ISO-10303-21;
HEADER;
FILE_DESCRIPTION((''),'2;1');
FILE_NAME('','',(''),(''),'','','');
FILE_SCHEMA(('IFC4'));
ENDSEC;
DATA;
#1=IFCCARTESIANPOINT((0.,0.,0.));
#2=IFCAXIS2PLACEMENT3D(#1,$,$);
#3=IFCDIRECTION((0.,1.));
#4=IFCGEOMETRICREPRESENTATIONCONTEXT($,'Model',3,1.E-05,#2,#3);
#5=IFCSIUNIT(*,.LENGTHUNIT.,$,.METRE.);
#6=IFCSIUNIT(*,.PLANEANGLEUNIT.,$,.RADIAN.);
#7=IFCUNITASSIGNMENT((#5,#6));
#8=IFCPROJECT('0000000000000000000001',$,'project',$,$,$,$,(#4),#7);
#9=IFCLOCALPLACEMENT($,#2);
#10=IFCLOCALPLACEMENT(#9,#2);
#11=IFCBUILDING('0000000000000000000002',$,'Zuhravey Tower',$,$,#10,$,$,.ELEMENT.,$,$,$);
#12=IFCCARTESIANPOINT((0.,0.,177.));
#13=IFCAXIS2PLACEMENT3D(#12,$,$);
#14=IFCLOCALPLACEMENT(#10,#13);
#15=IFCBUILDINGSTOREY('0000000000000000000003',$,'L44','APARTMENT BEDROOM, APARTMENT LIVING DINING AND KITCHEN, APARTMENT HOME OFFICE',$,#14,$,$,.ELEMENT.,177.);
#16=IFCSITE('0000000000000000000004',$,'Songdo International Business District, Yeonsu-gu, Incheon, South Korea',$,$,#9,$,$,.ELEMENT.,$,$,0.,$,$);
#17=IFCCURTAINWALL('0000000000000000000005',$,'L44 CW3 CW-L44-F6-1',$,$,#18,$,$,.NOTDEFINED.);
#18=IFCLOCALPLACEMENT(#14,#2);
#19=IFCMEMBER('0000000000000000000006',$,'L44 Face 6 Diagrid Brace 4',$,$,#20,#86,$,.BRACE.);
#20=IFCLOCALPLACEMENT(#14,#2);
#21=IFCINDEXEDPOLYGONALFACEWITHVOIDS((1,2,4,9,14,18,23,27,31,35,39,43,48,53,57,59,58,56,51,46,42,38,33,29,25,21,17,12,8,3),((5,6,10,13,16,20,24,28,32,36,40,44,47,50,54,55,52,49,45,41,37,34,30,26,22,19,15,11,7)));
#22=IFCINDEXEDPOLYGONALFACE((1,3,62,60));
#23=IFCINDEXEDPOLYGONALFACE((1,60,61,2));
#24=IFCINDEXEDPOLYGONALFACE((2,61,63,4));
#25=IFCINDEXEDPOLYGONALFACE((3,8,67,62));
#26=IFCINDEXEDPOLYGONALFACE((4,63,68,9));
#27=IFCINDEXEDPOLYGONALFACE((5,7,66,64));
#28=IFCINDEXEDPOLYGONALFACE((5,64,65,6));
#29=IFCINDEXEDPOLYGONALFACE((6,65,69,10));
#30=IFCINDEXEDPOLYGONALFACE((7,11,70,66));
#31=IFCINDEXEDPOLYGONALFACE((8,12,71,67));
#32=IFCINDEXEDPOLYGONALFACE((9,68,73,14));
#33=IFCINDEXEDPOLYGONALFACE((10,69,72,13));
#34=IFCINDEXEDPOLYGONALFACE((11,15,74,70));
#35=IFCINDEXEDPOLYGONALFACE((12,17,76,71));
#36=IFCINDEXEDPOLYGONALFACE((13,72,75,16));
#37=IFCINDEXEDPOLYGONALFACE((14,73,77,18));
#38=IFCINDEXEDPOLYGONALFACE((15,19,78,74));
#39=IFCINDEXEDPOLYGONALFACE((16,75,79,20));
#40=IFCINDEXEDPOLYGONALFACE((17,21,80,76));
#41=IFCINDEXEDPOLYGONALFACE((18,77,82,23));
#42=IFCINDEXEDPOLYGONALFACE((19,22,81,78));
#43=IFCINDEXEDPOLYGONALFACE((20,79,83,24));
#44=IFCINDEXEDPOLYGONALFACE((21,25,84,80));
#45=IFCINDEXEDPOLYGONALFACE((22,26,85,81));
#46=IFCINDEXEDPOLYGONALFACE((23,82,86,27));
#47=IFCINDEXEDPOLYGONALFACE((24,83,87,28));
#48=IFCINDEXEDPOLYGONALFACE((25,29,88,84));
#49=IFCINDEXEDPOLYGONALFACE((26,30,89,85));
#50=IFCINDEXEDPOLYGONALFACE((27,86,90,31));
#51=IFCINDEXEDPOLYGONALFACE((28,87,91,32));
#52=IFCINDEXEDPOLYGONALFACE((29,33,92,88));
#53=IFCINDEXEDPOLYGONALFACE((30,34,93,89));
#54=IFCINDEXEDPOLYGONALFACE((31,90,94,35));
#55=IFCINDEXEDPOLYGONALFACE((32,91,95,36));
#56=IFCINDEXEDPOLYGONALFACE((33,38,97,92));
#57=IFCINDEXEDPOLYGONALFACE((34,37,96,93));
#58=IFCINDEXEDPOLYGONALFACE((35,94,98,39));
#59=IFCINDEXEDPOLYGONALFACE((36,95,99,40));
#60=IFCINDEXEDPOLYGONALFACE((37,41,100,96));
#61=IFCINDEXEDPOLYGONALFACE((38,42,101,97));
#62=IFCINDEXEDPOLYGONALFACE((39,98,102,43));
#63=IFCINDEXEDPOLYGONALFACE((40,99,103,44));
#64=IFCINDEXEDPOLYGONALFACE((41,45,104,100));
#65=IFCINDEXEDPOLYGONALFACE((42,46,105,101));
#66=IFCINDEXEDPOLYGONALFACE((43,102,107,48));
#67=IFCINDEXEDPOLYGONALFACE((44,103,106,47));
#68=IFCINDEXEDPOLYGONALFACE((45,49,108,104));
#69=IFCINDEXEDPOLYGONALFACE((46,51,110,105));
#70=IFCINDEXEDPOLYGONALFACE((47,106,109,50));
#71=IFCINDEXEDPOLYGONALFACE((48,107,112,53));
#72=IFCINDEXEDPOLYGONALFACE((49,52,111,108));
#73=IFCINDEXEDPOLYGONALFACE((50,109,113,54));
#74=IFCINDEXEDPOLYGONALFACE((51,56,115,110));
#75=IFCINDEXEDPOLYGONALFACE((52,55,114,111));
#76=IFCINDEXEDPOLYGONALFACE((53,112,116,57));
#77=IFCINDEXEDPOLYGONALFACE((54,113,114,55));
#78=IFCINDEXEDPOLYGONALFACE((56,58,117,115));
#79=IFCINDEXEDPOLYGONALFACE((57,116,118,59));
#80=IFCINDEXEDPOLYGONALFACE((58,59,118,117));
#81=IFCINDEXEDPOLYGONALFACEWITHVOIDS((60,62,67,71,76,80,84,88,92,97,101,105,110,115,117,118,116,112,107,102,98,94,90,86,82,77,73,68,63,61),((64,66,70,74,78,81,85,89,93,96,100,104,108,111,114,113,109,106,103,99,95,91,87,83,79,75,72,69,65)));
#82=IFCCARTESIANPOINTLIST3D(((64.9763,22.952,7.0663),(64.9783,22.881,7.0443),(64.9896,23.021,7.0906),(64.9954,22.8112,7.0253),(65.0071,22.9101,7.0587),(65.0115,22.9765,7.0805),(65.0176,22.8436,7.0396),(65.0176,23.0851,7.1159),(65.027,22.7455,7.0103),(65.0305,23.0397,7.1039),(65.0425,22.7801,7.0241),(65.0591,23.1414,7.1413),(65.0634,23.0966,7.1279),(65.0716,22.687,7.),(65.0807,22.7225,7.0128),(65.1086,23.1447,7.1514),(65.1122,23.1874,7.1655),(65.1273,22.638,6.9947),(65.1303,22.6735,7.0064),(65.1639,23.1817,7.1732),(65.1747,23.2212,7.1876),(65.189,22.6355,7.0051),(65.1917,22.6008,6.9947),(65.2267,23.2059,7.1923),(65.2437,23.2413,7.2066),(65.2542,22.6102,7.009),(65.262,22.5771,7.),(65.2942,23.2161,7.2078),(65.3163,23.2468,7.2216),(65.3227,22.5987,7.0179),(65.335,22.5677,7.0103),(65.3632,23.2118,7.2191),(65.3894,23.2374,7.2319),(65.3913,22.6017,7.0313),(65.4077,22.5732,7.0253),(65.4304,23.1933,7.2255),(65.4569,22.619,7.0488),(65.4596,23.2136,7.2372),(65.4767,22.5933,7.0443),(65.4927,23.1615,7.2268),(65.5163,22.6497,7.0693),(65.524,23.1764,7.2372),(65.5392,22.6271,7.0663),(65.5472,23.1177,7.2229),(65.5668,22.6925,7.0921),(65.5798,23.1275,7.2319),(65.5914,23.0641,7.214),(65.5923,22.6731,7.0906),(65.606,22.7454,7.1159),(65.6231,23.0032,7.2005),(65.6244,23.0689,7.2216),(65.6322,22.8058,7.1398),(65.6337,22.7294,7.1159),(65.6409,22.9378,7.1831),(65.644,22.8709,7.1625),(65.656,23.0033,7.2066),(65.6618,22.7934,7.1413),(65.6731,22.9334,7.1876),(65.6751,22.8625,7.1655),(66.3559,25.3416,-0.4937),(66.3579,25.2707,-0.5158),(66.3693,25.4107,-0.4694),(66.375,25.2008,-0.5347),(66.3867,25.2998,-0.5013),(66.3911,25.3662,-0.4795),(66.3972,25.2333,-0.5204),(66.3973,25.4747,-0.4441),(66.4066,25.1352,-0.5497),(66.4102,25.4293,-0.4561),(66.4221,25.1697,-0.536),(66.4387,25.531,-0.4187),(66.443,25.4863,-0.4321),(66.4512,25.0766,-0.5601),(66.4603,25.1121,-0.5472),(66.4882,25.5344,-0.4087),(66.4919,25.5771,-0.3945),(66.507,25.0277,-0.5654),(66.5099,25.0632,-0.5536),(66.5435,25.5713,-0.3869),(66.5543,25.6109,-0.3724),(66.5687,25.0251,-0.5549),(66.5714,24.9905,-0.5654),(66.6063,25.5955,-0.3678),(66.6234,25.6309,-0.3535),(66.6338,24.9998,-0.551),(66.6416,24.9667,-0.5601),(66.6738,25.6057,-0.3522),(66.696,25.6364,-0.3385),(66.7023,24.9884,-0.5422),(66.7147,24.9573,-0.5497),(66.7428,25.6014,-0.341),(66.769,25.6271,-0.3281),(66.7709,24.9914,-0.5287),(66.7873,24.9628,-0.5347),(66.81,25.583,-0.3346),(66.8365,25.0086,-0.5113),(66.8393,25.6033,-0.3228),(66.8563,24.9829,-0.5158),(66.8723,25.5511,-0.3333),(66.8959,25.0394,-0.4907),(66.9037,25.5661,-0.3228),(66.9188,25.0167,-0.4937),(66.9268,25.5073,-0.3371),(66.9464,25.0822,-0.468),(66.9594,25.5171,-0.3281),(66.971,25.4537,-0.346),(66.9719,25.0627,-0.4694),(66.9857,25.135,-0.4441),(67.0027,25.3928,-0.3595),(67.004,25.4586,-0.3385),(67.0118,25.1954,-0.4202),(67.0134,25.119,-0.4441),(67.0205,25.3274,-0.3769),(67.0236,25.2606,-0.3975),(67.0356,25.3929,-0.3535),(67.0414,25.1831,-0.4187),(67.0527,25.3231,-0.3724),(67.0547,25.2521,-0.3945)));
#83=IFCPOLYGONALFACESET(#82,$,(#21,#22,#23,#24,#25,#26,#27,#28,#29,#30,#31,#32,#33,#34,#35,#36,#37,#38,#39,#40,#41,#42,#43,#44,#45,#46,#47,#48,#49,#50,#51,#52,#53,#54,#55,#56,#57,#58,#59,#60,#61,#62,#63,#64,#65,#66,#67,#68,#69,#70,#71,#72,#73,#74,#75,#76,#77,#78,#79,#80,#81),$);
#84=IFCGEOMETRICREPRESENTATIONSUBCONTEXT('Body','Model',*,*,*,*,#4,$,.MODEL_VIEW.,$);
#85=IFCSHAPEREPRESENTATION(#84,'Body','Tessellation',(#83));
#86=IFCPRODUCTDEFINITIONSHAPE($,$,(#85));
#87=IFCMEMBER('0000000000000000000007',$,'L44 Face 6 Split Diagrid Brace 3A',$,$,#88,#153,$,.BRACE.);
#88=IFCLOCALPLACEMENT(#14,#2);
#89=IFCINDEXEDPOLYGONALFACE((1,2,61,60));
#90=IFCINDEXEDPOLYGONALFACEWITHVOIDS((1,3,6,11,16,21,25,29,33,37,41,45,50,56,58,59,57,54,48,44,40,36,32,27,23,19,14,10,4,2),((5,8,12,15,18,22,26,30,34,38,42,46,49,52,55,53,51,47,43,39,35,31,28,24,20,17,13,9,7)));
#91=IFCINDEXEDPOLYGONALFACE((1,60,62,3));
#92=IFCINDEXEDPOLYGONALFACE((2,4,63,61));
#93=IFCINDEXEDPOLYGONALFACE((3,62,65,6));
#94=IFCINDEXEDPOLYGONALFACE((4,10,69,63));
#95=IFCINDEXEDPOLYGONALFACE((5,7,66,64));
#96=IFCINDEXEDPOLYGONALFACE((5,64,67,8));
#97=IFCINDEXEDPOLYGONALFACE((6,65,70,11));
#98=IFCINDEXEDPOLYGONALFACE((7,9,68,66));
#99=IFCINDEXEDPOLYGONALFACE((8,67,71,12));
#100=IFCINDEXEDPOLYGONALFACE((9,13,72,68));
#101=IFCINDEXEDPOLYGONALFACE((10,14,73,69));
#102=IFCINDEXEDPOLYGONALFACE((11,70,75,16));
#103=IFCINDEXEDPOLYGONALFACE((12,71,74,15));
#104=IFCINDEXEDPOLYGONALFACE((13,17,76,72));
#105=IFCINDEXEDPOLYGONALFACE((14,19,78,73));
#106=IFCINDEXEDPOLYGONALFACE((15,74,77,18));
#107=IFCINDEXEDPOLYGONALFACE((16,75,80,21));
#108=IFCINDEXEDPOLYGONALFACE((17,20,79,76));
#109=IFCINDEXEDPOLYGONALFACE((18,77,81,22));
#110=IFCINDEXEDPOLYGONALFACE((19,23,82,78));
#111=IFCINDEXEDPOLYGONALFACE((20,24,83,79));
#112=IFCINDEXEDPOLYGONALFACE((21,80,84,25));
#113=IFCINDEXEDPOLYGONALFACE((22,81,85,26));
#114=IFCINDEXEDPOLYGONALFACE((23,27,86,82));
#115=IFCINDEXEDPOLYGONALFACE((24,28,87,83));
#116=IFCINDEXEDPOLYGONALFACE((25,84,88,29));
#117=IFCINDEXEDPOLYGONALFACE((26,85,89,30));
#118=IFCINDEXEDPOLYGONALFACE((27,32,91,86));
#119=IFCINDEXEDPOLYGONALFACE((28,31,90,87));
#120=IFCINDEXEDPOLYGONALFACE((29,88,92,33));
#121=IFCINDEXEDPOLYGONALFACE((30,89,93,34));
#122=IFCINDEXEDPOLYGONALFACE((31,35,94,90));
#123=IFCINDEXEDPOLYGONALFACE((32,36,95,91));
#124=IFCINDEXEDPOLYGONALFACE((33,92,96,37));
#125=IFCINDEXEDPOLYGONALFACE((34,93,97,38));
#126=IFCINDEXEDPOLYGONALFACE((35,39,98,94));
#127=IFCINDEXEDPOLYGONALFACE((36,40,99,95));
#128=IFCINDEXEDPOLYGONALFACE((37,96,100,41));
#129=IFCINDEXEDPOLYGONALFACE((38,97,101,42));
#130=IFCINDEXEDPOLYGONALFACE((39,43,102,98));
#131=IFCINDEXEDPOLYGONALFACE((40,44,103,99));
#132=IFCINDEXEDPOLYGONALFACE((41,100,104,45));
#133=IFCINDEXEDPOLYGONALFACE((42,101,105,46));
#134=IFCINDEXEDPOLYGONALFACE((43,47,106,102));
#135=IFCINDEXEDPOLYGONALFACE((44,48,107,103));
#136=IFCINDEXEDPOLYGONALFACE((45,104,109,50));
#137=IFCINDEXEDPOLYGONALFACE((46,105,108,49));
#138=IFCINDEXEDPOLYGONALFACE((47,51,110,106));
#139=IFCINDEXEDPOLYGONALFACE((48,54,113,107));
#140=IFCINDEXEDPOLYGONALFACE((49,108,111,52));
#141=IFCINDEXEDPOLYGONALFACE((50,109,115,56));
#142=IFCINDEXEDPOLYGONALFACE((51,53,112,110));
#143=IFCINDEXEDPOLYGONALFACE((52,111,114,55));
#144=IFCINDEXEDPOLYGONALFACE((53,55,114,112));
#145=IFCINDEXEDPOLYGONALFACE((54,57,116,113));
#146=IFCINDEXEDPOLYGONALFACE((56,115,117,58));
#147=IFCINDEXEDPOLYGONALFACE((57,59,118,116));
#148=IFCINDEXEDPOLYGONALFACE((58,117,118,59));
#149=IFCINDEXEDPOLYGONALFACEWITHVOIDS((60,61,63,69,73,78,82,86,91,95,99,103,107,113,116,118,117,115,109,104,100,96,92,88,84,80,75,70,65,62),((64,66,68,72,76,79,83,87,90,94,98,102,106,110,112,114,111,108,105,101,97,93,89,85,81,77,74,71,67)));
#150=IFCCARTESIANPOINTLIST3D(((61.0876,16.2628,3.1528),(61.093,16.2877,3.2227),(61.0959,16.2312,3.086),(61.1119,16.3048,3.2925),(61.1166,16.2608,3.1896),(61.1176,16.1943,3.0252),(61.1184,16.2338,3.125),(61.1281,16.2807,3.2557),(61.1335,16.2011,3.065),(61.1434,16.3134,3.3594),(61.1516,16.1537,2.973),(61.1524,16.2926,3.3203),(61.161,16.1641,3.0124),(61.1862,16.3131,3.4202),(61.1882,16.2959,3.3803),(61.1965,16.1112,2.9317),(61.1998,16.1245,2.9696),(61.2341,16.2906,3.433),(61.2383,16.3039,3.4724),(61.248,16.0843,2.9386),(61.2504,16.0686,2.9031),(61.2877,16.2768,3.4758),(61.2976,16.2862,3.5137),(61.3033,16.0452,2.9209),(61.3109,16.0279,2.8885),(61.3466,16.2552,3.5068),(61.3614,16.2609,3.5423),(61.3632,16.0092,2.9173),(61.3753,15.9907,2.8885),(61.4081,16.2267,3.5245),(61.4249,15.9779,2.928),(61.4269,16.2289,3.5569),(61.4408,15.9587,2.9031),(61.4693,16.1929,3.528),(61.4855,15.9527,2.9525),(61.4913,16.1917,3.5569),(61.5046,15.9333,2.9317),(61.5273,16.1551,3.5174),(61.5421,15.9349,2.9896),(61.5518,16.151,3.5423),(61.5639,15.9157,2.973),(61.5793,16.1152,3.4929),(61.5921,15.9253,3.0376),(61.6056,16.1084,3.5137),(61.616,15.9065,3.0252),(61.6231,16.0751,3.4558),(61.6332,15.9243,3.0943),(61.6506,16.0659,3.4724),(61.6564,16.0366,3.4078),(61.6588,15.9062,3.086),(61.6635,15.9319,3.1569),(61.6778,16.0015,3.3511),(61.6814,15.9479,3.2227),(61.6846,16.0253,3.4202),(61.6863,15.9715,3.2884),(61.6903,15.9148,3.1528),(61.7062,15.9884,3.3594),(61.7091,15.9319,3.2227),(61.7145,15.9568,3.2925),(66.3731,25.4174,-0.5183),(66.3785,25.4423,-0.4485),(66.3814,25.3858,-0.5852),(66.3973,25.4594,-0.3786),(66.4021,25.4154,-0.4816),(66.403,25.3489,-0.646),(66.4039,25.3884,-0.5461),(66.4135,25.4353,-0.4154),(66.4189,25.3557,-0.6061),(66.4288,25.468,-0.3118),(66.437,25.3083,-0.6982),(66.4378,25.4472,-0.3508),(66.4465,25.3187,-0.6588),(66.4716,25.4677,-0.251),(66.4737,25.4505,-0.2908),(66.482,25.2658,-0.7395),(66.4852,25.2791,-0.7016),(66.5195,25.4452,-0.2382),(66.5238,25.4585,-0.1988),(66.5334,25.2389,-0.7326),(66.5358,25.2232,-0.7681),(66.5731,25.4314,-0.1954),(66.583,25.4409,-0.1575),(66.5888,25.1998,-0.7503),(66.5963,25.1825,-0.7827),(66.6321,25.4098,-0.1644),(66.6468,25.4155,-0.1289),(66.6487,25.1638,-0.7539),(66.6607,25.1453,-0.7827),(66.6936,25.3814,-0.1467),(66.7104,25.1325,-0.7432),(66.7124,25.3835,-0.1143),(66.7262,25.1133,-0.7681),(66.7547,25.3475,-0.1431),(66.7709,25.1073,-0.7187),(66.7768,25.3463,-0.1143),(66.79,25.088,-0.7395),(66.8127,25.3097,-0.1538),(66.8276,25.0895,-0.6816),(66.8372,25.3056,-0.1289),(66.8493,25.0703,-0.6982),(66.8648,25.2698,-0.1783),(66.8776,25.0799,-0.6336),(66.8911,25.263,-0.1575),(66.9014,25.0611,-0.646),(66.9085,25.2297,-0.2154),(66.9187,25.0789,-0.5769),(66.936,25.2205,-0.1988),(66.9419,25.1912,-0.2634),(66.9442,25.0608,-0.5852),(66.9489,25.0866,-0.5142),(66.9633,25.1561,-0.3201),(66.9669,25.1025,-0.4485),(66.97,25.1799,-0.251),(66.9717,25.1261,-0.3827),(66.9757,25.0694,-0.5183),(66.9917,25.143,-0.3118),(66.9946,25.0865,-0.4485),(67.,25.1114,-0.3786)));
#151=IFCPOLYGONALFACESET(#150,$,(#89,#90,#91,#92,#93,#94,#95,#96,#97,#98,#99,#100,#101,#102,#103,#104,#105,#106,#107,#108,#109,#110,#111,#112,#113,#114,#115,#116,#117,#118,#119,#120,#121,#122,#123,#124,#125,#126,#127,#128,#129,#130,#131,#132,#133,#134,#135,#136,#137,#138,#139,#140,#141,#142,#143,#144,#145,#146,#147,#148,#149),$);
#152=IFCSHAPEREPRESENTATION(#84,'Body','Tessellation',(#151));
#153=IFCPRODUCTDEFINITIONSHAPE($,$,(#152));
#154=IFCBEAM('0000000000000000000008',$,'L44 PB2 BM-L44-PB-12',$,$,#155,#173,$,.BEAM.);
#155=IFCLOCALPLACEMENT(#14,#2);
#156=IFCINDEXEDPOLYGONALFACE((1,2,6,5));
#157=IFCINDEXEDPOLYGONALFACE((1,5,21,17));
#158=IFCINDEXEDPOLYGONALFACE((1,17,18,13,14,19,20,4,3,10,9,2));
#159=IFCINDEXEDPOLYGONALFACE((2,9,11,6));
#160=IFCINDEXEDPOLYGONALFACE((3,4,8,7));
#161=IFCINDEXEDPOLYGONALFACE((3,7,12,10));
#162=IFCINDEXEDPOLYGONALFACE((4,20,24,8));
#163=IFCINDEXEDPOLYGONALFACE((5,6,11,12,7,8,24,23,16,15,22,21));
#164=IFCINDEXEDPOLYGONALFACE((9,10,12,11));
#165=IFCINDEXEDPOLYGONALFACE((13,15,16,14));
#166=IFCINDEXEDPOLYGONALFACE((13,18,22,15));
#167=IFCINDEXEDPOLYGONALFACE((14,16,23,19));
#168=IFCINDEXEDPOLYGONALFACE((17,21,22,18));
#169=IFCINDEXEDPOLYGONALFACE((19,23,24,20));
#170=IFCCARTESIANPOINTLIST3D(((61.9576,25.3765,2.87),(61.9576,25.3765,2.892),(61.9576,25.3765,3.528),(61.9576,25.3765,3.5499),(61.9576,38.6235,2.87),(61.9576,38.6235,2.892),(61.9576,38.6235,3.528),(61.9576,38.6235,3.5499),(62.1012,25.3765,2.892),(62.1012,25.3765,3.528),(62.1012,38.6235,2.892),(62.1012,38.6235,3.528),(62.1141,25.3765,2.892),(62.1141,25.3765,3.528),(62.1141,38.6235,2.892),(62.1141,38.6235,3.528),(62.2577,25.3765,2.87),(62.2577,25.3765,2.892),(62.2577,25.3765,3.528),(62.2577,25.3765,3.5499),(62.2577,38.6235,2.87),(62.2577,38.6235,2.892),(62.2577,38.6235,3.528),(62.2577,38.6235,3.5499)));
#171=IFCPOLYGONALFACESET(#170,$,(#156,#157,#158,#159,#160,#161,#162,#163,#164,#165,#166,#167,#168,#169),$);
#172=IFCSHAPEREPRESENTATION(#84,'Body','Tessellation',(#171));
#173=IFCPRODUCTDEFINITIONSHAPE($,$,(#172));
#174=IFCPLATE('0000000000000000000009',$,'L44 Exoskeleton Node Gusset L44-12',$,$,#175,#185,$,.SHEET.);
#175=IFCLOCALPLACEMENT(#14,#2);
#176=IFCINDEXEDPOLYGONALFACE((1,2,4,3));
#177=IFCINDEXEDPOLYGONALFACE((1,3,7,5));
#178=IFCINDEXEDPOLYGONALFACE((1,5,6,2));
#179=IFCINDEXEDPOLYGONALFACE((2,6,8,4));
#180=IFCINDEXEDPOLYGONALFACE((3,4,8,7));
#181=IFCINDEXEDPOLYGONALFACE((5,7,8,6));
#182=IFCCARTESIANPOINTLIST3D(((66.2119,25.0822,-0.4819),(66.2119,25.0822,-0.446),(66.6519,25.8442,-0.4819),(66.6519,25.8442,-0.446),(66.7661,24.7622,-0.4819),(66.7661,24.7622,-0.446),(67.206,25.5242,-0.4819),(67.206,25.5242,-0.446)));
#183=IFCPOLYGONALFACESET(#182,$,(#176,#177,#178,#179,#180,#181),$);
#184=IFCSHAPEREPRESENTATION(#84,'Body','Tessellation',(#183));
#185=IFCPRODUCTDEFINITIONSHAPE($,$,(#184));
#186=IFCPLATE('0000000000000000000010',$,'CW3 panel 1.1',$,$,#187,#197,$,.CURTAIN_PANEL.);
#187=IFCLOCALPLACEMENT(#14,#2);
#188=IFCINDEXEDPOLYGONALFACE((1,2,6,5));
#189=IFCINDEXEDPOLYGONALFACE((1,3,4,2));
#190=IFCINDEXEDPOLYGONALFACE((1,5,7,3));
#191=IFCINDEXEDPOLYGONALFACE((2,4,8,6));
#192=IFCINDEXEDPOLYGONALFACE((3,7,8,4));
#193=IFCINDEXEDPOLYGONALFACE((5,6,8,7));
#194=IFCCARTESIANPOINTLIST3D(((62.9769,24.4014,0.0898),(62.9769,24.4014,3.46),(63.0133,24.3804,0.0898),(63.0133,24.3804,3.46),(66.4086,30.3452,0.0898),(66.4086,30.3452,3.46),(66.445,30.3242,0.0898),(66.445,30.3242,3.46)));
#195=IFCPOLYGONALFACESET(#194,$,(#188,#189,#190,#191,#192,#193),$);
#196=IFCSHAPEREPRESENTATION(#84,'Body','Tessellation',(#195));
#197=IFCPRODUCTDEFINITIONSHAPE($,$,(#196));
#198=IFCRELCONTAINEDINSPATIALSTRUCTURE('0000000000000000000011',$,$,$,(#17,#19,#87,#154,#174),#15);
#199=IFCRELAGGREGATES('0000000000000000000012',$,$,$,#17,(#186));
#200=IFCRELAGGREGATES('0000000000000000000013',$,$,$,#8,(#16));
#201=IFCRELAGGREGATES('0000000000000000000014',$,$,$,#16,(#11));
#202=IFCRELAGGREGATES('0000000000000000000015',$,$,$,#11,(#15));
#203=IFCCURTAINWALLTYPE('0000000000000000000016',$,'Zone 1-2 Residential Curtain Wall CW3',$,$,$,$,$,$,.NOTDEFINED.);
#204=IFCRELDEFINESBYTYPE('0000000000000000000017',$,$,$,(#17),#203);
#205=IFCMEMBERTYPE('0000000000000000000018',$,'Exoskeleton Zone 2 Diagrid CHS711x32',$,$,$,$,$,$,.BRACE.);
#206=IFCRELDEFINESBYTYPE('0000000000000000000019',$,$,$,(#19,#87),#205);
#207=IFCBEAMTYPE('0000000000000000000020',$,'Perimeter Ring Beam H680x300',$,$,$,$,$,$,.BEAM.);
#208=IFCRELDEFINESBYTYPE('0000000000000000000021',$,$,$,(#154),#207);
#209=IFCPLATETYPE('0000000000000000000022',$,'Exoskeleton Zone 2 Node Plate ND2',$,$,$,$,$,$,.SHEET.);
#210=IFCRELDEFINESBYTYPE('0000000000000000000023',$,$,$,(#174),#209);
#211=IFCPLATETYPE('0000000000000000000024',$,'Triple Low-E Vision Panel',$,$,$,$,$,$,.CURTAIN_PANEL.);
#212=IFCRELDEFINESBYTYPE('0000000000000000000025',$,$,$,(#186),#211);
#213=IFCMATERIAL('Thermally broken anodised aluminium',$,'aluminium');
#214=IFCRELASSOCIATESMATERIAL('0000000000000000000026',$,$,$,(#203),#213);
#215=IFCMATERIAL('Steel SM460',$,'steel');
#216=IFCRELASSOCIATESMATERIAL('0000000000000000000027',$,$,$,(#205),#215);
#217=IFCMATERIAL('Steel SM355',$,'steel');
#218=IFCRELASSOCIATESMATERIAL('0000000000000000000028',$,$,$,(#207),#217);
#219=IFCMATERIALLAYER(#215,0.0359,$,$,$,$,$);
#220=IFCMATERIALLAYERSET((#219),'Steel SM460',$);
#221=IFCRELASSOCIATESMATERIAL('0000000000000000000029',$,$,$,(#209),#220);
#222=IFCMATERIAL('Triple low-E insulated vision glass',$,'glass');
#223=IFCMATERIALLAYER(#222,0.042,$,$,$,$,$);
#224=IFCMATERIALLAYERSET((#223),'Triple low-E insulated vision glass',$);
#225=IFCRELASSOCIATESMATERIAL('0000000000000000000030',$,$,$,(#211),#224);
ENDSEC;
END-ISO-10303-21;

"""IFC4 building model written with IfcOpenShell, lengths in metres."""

from ifc_helpers import new_model, si_unit, direction, frame, origin, origin_2d, place, context, subcontext, project, spatial, rectangle, hollow_circle, i_section, extrude, material, layer, layer_set, material_profile, profile_set, type_object, element, aggregate, save


model = new_model("IFC4")

# Units and contexts
model_context = context("Model", 3, precision=1e-05, world=origin(), true_north=direction((0.0, 1.0)))
body_context = subcontext(model_context, "Body", "Model", "MODEL_VIEW")
ifc_project = project(units=[si_unit("LENGTHUNIT", "METRE"), si_unit("PLANEANGLEUNIT", "RADIAN")], contexts=[model_context])

# Site, building, storey
site_placement = place(None, origin())
site = spatial("IfcSite", under=ifc_project, at=site_placement, Name="Songdo International Business District, Yeonsu-gu, Incheon, South Korea", CompositionType="ELEMENT", RefElevation=0.0)
building_placement = place(site_placement, origin())
building = spatial("IfcBuilding", under=site, at=building_placement, Name="Zuhravey Tower", CompositionType="ELEMENT")
storey_placement = place(building_placement, frame((0.0, 0.0, 177.0)))
storey = spatial("IfcBuildingStorey", under=building, at=storey_placement, Name="L44", Description="APARTMENT BEDROOM, APARTMENT LIVING DINING AND KITCHEN, APARTMENT HOME OFFICE", CompositionType="ELEMENT", Elevation=177.0)

# Curtain wall
ifc_material_1 = material(Name="Thermally broken anodised aluminium", Category="aluminium")
curtain_wall_type = type_object("IfcCurtainWallType", Name="Zone 1-2 Residential Curtain Wall CW3", PredefinedType="NOTDEFINED", material=ifc_material_1)
curtain_wall_placement = place(storey_placement, origin())
curtain_wall = element("IfcCurtainWall", 1, at=curtain_wall_placement, inside=storey, type_object=curtain_wall_type, Name="L44 CW3 CW-L44-F6-1", PredefinedType="NOTDEFINED")

# Members
ifc_material_2 = material(Name="Steel SM460", Category="steel")
ifc_material_profile_1 = material_profile(ifc_material_2, hollow_circle(Radius=0.3557, WallThickness=0.032, at=origin_2d()), Name="CHS-711.2x32")
ifc_profile_set_1 = profile_set([ifc_material_profile_1], Name="Steel SM460")
member_type_1 = type_object("IfcMemberType", Name="Exoskeleton Zone 2 Diagrid CHS711x32", PredefinedType="BRACE", material=ifc_profile_set_1)
member_1_placement = place(storey_placement, frame((66.7053, 25.2969, -0.4441), z_axis=(-0.171429, -0.296929, 0.939386), x_axis=(0.866029, -0.499993, 0.0)))
element("IfcMember", 2, at=member_1_placement, inside=storey, type_object=member_type_1, Name="L44 Face 6 Diagrid Brace 4", PredefinedType="BRACE", context=body_context, shape_type="SweptSolid", body=[
    extrude(hollow_circle(Radius=0.3557, WallThickness=0.032, at=origin_2d()), origin(), (0.0, 0.0, 1.0), 8.0479),
])
member_2_placement = place(storey_placement, frame((66.6865, 25.2644, -0.4485), z_axis=(-0.472328, -0.818093, 0.328071), x_axis=(0.866024, -0.500002, 0.0)))
element("IfcMember", 3, at=member_2_placement, inside=storey, type_object=member_type_1, Name="L44 Face 6 Split Diagrid Brace 3A", PredefinedType="BRACE", context=body_context, shape_type="SweptSolid", body=[
    extrude(hollow_circle(Radius=0.3557, WallThickness=0.032, at=origin_2d()), origin(), (0.0, 0.0, 1.0), 11.1902),
])

# Beam
ifc_material_3 = material(Name="Steel SM355", Category="steel")
ifc_material_profile_2 = material_profile(ifc_material_3, i_section(OverallWidth=0.3, OverallDepth=0.6799, WebThickness=0.0129, FlangeThickness=0.022, at=origin_2d()), Name="H-680x300x13x22")
ifc_profile_set_2 = profile_set([ifc_material_profile_2], Name="Steel SM355")
beam_type = type_object("IfcBeamType", Name="Perimeter Ring Beam H680x300", PredefinedType="BEAM", material=ifc_profile_set_2)
beam_placement = place(storey_placement, frame((62.1077, 25.3765, 3.21), z_axis=(0.0, 1.0, 0.0), x_axis=(-1.0, 0.0, 0.0)))
element("IfcBeam", 4, at=beam_placement, inside=storey, type_object=beam_type, Name="L44 PB2 BM-L44-PB-12", PredefinedType="BEAM", context=body_context, shape_type="SweptSolid", body=[
    extrude(i_section(OverallWidth=0.3, OverallDepth=0.6799, WebThickness=0.0129, FlangeThickness=0.022, at=origin_2d()), origin(), (0.0, 0.0, 1.0), 13.2471),
])

# Plates
ifc_layer_1 = layer(ifc_material_2, 0.0359)
ifc_layer_set_1 = layer_set([ifc_layer_1], Name="Steel SM460")
plate_type_1 = type_object("IfcPlateType", Name="Exoskeleton Zone 2 Node Plate ND2", PredefinedType="SHEET", material=ifc_layer_set_1)
plate_1_placement = place(storey_placement, frame((66.709, 25.3032, -0.4819), z_axis=(0.0, 0.0, 1.0), x_axis=(0.5, 0.866025, 0.0)))
element("IfcPlate", 5, at=plate_1_placement, inside=storey, type_object=plate_type_1, Name="L44 Exoskeleton Node Gusset L44-12", PredefinedType="SHEET", context=body_context, shape_type="SweptSolid", body=[
    extrude(rectangle(XDim=0.8799, YDim=0.6399, at=origin_2d()), origin(), (0.0, 0.0, 1.0), 0.0359),
])
ifc_material_4 = material(Name="Triple low-E insulated vision glass", Category="glass")
ifc_layer_2 = layer(ifc_material_4, 0.042)
ifc_layer_set_2 = layer_set([ifc_layer_2], Name="Triple low-E insulated vision glass")
plate_type_2 = type_object("IfcPlateType", Name="Triple Low-E Vision Panel", PredefinedType="CURTAIN_PANEL", material=ifc_layer_set_2)
plate_2_placement = place(storey_placement, frame((64.7109, 27.3628, 0.0898), z_axis=(0.0, 0.0, 1.0), x_axis=(-0.500003, -0.866023, 0.0)))
plate_2 = element("IfcPlate", 6, at=plate_2_placement, type_object=plate_type_2, Name="CW3 panel 1.1", PredefinedType="CURTAIN_PANEL", context=body_context, shape_type="SweptSolid", body=[
    extrude(rectangle(XDim=6.8633, YDim=0.042, at=origin_2d()), origin(), (0.0, 0.0, 1.0), 3.3701),
])
aggregate(curtain_wall, [plate_2])

save(model, "model.ifc")
